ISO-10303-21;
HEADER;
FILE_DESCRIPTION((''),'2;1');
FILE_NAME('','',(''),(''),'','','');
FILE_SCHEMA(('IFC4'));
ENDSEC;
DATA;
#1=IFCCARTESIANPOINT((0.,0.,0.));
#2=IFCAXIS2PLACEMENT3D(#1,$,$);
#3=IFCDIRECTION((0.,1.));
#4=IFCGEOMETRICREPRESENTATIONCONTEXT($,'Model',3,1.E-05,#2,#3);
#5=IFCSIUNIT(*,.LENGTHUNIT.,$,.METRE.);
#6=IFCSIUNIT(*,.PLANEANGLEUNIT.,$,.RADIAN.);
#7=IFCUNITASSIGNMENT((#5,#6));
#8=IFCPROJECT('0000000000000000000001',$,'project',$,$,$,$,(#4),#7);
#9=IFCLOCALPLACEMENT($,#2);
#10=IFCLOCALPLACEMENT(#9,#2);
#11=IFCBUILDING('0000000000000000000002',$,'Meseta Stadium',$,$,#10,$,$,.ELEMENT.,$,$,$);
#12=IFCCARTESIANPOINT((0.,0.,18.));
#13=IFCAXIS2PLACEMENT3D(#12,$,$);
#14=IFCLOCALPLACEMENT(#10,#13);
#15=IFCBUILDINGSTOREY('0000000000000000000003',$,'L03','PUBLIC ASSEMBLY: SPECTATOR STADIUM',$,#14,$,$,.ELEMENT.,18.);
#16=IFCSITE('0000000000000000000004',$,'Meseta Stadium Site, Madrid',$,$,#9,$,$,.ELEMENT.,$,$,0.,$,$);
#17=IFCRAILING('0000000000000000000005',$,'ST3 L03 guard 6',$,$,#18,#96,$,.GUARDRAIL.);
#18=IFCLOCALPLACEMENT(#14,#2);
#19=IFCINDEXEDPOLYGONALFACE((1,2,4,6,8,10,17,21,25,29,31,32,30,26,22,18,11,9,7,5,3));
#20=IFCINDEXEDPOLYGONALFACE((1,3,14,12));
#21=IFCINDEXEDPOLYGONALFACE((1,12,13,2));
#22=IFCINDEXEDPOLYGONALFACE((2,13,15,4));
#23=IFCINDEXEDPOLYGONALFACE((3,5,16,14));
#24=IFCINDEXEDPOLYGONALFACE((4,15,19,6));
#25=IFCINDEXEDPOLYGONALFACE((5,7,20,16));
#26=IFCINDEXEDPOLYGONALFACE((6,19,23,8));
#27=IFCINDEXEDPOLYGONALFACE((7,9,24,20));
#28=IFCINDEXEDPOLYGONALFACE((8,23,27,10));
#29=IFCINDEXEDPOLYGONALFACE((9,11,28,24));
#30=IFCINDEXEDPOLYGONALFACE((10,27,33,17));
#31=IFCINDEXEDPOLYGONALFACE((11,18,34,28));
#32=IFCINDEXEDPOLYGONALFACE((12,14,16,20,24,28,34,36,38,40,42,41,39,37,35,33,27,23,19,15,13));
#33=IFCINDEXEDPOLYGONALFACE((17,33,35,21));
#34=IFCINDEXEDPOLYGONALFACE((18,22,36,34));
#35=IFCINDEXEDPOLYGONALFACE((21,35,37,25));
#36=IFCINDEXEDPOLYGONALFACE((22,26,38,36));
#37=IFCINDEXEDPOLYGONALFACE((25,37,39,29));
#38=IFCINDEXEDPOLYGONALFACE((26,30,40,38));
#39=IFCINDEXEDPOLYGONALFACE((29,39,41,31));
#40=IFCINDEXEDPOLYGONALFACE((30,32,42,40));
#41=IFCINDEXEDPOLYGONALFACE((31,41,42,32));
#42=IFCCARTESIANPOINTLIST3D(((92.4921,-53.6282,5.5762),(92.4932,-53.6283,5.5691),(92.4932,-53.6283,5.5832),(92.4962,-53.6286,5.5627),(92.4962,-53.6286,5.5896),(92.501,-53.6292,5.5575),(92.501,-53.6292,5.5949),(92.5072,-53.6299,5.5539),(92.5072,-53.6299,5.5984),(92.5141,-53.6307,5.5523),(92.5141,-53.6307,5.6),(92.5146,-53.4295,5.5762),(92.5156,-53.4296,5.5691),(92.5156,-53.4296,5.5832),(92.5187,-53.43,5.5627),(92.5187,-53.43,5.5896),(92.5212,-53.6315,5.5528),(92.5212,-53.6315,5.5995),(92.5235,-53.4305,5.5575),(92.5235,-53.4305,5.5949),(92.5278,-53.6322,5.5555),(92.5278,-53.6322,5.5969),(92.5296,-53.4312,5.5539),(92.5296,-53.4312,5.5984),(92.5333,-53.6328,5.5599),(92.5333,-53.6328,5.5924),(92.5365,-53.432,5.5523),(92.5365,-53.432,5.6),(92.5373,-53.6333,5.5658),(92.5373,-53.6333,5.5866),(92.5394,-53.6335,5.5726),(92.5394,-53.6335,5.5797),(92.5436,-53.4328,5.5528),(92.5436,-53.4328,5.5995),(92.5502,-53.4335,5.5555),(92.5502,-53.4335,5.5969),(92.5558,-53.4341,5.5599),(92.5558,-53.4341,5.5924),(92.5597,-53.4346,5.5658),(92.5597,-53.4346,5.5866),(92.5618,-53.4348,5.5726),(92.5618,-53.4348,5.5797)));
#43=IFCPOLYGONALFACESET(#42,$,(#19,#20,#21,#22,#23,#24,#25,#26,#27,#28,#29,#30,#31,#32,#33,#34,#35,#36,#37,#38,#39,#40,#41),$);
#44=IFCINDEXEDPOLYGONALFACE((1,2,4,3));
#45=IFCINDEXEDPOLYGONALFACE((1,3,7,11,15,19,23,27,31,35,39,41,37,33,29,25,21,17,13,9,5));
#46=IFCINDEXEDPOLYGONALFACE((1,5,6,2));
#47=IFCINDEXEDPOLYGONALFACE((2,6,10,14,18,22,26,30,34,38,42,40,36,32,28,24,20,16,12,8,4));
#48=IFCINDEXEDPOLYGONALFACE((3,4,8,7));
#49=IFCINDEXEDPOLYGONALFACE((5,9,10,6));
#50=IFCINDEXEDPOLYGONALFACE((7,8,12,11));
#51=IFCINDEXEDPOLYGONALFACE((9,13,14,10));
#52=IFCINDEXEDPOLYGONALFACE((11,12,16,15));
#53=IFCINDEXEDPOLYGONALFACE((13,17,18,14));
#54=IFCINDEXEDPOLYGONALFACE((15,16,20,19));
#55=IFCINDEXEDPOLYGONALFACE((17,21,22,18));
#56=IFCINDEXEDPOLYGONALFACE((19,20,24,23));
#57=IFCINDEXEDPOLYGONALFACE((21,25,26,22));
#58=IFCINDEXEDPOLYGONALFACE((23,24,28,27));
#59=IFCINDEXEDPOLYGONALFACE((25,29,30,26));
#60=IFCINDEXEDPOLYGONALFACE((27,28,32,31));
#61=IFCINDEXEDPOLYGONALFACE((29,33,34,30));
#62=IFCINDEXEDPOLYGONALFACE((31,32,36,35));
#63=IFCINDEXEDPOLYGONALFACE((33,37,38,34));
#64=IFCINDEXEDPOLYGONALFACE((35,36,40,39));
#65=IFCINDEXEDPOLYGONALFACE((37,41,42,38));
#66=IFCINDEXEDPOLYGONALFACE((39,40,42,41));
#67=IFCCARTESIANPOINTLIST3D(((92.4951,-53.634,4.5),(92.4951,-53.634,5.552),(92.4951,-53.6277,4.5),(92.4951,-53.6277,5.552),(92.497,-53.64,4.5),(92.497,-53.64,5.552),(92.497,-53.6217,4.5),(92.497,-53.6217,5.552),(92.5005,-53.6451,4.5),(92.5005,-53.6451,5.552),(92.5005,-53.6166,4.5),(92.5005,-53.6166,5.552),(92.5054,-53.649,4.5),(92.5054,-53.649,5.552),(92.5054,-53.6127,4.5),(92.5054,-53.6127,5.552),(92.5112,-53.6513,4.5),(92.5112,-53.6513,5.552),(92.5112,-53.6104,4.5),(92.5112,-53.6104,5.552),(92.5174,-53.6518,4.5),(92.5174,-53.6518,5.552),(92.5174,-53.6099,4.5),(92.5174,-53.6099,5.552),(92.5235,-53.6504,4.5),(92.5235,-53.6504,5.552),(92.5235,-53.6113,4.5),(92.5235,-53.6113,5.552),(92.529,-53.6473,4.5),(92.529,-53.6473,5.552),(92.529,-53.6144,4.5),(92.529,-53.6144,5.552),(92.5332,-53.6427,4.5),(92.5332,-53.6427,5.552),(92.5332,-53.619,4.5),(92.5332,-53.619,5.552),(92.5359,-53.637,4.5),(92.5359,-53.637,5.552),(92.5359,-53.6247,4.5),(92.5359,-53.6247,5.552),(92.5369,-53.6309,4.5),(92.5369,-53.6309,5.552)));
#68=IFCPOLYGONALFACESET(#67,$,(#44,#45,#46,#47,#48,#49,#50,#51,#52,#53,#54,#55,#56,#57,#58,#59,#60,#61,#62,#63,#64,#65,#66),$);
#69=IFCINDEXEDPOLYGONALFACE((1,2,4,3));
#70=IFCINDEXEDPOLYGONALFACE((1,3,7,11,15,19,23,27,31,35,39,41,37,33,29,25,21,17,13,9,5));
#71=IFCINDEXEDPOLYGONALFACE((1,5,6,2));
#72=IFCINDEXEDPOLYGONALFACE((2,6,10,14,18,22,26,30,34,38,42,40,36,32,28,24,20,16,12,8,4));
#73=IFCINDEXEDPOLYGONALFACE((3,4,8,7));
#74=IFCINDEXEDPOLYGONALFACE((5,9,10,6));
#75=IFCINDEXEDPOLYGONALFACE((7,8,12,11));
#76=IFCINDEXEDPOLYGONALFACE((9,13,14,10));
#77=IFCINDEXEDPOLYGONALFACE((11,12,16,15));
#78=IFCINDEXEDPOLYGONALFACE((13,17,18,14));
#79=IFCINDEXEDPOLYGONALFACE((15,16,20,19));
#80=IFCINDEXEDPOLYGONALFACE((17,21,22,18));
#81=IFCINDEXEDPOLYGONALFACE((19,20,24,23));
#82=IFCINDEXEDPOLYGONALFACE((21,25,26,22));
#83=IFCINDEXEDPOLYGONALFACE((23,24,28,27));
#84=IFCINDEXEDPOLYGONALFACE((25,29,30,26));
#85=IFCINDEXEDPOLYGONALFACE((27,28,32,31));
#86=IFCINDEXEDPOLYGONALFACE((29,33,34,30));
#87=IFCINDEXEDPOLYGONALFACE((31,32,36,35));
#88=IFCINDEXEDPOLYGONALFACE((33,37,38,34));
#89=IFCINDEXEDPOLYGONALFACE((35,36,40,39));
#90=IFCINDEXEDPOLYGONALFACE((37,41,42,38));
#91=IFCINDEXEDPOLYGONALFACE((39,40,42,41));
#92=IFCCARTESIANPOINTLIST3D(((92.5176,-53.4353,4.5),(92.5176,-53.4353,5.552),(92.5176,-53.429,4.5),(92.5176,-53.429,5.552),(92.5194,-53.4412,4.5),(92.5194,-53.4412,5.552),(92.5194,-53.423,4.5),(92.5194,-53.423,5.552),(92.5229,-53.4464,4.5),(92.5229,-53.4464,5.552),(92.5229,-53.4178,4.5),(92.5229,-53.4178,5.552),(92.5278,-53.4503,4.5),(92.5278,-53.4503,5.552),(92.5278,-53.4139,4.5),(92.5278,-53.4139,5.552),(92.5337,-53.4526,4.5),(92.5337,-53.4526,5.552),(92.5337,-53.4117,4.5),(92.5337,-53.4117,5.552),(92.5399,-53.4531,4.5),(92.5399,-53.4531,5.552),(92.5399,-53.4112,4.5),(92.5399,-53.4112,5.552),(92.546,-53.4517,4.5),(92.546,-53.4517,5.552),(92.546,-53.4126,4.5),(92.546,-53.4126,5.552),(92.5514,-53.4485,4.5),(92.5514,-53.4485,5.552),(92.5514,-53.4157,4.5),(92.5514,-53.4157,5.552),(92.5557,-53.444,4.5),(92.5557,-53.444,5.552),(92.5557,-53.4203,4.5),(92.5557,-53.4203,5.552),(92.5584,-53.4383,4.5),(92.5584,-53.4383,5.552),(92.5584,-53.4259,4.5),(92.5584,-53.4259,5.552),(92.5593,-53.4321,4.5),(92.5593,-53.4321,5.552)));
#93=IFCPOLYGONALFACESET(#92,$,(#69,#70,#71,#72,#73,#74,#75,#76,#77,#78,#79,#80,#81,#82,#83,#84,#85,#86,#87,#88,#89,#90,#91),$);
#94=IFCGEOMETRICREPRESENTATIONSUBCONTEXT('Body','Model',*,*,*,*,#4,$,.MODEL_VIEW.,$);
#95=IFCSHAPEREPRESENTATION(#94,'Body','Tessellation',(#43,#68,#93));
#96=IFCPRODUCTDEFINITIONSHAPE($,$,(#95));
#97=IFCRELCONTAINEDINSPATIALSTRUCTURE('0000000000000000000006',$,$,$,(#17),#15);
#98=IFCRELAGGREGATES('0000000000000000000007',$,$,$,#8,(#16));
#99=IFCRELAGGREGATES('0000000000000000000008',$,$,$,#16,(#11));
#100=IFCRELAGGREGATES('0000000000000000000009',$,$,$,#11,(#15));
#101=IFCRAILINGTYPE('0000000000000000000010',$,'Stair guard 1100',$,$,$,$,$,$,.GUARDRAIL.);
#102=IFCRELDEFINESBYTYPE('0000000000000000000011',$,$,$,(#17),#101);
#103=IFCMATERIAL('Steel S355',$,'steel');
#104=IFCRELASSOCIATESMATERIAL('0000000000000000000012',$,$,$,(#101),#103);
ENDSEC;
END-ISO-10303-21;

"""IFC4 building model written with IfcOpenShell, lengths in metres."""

from ifc_helpers import new_model, si_unit, direction, frame, origin, origin_2d, place, context, subcontext, project, spatial, circle, extrude, material, type_object, element, save


model = new_model("IFC4")

# Units and contexts
model_context = context("Model", 3, precision=1e-05, world=origin(), true_north=direction((0.0, 1.0)))
body_context = subcontext(model_context, "Body", "Model", "MODEL_VIEW")
ifc_project = project(units=[si_unit("LENGTHUNIT", "METRE"), si_unit("PLANEANGLEUNIT", "RADIAN")], contexts=[model_context])

# Site, building, storey
site_placement = place(None, origin())
site = spatial("IfcSite", under=ifc_project, at=site_placement, Name="Meseta Stadium Site, Madrid", CompositionType="ELEMENT", RefElevation=0.0)
building_placement = place(site_placement, origin())
building = spatial("IfcBuilding", under=site, at=building_placement, Name="Meseta Stadium", CompositionType="ELEMENT")
storey_placement = place(building_placement, frame((0.0, 0.0, 18.0)))
storey = spatial("IfcBuildingStorey", under=building, at=storey_placement, Name="L03", Description="PUBLIC ASSEMBLY: SPECTATOR STADIUM", CompositionType="ELEMENT", Elevation=18.0)

# Railing
ifc_material_1 = material(Name="Steel S355", Category="steel")
railing_type_1 = type_object("IfcRailingType", Name="Stair guard 1100", PredefinedType="GUARDRAIL", material=ifc_material_1)
railing_1_placement = place(storey_placement, frame((92.5159, -53.6309, 4.5)))
element("IfcRailing", 1, at=railing_1_placement, inside=storey, type_object=railing_type_1, Name="ST3 L03 guard 6", PredefinedType="GUARDRAIL", context=body_context, shape_type="SweptSolid", body=[
    extrude(circle(Radius=0.0239, at=origin_2d()), frame((0.0, 0.0, 1.0762), z_axis=(0.112307, 0.993674, 0.0), x_axis=(-0.993674, 0.112307, 0.0)), (0.0, 0.0, 1.0), 0.2),
    extrude(circle(Radius=0.021, at=origin_2d()), origin(), (0.0, 0.0, 1.0), 1.052),
    extrude(circle(Radius=0.021, at=origin_2d()), frame((0.0225, 0.1987, 0.0)), (0.0, 0.0, 1.0), 1.052),
])

save(model, "model.ifc")
